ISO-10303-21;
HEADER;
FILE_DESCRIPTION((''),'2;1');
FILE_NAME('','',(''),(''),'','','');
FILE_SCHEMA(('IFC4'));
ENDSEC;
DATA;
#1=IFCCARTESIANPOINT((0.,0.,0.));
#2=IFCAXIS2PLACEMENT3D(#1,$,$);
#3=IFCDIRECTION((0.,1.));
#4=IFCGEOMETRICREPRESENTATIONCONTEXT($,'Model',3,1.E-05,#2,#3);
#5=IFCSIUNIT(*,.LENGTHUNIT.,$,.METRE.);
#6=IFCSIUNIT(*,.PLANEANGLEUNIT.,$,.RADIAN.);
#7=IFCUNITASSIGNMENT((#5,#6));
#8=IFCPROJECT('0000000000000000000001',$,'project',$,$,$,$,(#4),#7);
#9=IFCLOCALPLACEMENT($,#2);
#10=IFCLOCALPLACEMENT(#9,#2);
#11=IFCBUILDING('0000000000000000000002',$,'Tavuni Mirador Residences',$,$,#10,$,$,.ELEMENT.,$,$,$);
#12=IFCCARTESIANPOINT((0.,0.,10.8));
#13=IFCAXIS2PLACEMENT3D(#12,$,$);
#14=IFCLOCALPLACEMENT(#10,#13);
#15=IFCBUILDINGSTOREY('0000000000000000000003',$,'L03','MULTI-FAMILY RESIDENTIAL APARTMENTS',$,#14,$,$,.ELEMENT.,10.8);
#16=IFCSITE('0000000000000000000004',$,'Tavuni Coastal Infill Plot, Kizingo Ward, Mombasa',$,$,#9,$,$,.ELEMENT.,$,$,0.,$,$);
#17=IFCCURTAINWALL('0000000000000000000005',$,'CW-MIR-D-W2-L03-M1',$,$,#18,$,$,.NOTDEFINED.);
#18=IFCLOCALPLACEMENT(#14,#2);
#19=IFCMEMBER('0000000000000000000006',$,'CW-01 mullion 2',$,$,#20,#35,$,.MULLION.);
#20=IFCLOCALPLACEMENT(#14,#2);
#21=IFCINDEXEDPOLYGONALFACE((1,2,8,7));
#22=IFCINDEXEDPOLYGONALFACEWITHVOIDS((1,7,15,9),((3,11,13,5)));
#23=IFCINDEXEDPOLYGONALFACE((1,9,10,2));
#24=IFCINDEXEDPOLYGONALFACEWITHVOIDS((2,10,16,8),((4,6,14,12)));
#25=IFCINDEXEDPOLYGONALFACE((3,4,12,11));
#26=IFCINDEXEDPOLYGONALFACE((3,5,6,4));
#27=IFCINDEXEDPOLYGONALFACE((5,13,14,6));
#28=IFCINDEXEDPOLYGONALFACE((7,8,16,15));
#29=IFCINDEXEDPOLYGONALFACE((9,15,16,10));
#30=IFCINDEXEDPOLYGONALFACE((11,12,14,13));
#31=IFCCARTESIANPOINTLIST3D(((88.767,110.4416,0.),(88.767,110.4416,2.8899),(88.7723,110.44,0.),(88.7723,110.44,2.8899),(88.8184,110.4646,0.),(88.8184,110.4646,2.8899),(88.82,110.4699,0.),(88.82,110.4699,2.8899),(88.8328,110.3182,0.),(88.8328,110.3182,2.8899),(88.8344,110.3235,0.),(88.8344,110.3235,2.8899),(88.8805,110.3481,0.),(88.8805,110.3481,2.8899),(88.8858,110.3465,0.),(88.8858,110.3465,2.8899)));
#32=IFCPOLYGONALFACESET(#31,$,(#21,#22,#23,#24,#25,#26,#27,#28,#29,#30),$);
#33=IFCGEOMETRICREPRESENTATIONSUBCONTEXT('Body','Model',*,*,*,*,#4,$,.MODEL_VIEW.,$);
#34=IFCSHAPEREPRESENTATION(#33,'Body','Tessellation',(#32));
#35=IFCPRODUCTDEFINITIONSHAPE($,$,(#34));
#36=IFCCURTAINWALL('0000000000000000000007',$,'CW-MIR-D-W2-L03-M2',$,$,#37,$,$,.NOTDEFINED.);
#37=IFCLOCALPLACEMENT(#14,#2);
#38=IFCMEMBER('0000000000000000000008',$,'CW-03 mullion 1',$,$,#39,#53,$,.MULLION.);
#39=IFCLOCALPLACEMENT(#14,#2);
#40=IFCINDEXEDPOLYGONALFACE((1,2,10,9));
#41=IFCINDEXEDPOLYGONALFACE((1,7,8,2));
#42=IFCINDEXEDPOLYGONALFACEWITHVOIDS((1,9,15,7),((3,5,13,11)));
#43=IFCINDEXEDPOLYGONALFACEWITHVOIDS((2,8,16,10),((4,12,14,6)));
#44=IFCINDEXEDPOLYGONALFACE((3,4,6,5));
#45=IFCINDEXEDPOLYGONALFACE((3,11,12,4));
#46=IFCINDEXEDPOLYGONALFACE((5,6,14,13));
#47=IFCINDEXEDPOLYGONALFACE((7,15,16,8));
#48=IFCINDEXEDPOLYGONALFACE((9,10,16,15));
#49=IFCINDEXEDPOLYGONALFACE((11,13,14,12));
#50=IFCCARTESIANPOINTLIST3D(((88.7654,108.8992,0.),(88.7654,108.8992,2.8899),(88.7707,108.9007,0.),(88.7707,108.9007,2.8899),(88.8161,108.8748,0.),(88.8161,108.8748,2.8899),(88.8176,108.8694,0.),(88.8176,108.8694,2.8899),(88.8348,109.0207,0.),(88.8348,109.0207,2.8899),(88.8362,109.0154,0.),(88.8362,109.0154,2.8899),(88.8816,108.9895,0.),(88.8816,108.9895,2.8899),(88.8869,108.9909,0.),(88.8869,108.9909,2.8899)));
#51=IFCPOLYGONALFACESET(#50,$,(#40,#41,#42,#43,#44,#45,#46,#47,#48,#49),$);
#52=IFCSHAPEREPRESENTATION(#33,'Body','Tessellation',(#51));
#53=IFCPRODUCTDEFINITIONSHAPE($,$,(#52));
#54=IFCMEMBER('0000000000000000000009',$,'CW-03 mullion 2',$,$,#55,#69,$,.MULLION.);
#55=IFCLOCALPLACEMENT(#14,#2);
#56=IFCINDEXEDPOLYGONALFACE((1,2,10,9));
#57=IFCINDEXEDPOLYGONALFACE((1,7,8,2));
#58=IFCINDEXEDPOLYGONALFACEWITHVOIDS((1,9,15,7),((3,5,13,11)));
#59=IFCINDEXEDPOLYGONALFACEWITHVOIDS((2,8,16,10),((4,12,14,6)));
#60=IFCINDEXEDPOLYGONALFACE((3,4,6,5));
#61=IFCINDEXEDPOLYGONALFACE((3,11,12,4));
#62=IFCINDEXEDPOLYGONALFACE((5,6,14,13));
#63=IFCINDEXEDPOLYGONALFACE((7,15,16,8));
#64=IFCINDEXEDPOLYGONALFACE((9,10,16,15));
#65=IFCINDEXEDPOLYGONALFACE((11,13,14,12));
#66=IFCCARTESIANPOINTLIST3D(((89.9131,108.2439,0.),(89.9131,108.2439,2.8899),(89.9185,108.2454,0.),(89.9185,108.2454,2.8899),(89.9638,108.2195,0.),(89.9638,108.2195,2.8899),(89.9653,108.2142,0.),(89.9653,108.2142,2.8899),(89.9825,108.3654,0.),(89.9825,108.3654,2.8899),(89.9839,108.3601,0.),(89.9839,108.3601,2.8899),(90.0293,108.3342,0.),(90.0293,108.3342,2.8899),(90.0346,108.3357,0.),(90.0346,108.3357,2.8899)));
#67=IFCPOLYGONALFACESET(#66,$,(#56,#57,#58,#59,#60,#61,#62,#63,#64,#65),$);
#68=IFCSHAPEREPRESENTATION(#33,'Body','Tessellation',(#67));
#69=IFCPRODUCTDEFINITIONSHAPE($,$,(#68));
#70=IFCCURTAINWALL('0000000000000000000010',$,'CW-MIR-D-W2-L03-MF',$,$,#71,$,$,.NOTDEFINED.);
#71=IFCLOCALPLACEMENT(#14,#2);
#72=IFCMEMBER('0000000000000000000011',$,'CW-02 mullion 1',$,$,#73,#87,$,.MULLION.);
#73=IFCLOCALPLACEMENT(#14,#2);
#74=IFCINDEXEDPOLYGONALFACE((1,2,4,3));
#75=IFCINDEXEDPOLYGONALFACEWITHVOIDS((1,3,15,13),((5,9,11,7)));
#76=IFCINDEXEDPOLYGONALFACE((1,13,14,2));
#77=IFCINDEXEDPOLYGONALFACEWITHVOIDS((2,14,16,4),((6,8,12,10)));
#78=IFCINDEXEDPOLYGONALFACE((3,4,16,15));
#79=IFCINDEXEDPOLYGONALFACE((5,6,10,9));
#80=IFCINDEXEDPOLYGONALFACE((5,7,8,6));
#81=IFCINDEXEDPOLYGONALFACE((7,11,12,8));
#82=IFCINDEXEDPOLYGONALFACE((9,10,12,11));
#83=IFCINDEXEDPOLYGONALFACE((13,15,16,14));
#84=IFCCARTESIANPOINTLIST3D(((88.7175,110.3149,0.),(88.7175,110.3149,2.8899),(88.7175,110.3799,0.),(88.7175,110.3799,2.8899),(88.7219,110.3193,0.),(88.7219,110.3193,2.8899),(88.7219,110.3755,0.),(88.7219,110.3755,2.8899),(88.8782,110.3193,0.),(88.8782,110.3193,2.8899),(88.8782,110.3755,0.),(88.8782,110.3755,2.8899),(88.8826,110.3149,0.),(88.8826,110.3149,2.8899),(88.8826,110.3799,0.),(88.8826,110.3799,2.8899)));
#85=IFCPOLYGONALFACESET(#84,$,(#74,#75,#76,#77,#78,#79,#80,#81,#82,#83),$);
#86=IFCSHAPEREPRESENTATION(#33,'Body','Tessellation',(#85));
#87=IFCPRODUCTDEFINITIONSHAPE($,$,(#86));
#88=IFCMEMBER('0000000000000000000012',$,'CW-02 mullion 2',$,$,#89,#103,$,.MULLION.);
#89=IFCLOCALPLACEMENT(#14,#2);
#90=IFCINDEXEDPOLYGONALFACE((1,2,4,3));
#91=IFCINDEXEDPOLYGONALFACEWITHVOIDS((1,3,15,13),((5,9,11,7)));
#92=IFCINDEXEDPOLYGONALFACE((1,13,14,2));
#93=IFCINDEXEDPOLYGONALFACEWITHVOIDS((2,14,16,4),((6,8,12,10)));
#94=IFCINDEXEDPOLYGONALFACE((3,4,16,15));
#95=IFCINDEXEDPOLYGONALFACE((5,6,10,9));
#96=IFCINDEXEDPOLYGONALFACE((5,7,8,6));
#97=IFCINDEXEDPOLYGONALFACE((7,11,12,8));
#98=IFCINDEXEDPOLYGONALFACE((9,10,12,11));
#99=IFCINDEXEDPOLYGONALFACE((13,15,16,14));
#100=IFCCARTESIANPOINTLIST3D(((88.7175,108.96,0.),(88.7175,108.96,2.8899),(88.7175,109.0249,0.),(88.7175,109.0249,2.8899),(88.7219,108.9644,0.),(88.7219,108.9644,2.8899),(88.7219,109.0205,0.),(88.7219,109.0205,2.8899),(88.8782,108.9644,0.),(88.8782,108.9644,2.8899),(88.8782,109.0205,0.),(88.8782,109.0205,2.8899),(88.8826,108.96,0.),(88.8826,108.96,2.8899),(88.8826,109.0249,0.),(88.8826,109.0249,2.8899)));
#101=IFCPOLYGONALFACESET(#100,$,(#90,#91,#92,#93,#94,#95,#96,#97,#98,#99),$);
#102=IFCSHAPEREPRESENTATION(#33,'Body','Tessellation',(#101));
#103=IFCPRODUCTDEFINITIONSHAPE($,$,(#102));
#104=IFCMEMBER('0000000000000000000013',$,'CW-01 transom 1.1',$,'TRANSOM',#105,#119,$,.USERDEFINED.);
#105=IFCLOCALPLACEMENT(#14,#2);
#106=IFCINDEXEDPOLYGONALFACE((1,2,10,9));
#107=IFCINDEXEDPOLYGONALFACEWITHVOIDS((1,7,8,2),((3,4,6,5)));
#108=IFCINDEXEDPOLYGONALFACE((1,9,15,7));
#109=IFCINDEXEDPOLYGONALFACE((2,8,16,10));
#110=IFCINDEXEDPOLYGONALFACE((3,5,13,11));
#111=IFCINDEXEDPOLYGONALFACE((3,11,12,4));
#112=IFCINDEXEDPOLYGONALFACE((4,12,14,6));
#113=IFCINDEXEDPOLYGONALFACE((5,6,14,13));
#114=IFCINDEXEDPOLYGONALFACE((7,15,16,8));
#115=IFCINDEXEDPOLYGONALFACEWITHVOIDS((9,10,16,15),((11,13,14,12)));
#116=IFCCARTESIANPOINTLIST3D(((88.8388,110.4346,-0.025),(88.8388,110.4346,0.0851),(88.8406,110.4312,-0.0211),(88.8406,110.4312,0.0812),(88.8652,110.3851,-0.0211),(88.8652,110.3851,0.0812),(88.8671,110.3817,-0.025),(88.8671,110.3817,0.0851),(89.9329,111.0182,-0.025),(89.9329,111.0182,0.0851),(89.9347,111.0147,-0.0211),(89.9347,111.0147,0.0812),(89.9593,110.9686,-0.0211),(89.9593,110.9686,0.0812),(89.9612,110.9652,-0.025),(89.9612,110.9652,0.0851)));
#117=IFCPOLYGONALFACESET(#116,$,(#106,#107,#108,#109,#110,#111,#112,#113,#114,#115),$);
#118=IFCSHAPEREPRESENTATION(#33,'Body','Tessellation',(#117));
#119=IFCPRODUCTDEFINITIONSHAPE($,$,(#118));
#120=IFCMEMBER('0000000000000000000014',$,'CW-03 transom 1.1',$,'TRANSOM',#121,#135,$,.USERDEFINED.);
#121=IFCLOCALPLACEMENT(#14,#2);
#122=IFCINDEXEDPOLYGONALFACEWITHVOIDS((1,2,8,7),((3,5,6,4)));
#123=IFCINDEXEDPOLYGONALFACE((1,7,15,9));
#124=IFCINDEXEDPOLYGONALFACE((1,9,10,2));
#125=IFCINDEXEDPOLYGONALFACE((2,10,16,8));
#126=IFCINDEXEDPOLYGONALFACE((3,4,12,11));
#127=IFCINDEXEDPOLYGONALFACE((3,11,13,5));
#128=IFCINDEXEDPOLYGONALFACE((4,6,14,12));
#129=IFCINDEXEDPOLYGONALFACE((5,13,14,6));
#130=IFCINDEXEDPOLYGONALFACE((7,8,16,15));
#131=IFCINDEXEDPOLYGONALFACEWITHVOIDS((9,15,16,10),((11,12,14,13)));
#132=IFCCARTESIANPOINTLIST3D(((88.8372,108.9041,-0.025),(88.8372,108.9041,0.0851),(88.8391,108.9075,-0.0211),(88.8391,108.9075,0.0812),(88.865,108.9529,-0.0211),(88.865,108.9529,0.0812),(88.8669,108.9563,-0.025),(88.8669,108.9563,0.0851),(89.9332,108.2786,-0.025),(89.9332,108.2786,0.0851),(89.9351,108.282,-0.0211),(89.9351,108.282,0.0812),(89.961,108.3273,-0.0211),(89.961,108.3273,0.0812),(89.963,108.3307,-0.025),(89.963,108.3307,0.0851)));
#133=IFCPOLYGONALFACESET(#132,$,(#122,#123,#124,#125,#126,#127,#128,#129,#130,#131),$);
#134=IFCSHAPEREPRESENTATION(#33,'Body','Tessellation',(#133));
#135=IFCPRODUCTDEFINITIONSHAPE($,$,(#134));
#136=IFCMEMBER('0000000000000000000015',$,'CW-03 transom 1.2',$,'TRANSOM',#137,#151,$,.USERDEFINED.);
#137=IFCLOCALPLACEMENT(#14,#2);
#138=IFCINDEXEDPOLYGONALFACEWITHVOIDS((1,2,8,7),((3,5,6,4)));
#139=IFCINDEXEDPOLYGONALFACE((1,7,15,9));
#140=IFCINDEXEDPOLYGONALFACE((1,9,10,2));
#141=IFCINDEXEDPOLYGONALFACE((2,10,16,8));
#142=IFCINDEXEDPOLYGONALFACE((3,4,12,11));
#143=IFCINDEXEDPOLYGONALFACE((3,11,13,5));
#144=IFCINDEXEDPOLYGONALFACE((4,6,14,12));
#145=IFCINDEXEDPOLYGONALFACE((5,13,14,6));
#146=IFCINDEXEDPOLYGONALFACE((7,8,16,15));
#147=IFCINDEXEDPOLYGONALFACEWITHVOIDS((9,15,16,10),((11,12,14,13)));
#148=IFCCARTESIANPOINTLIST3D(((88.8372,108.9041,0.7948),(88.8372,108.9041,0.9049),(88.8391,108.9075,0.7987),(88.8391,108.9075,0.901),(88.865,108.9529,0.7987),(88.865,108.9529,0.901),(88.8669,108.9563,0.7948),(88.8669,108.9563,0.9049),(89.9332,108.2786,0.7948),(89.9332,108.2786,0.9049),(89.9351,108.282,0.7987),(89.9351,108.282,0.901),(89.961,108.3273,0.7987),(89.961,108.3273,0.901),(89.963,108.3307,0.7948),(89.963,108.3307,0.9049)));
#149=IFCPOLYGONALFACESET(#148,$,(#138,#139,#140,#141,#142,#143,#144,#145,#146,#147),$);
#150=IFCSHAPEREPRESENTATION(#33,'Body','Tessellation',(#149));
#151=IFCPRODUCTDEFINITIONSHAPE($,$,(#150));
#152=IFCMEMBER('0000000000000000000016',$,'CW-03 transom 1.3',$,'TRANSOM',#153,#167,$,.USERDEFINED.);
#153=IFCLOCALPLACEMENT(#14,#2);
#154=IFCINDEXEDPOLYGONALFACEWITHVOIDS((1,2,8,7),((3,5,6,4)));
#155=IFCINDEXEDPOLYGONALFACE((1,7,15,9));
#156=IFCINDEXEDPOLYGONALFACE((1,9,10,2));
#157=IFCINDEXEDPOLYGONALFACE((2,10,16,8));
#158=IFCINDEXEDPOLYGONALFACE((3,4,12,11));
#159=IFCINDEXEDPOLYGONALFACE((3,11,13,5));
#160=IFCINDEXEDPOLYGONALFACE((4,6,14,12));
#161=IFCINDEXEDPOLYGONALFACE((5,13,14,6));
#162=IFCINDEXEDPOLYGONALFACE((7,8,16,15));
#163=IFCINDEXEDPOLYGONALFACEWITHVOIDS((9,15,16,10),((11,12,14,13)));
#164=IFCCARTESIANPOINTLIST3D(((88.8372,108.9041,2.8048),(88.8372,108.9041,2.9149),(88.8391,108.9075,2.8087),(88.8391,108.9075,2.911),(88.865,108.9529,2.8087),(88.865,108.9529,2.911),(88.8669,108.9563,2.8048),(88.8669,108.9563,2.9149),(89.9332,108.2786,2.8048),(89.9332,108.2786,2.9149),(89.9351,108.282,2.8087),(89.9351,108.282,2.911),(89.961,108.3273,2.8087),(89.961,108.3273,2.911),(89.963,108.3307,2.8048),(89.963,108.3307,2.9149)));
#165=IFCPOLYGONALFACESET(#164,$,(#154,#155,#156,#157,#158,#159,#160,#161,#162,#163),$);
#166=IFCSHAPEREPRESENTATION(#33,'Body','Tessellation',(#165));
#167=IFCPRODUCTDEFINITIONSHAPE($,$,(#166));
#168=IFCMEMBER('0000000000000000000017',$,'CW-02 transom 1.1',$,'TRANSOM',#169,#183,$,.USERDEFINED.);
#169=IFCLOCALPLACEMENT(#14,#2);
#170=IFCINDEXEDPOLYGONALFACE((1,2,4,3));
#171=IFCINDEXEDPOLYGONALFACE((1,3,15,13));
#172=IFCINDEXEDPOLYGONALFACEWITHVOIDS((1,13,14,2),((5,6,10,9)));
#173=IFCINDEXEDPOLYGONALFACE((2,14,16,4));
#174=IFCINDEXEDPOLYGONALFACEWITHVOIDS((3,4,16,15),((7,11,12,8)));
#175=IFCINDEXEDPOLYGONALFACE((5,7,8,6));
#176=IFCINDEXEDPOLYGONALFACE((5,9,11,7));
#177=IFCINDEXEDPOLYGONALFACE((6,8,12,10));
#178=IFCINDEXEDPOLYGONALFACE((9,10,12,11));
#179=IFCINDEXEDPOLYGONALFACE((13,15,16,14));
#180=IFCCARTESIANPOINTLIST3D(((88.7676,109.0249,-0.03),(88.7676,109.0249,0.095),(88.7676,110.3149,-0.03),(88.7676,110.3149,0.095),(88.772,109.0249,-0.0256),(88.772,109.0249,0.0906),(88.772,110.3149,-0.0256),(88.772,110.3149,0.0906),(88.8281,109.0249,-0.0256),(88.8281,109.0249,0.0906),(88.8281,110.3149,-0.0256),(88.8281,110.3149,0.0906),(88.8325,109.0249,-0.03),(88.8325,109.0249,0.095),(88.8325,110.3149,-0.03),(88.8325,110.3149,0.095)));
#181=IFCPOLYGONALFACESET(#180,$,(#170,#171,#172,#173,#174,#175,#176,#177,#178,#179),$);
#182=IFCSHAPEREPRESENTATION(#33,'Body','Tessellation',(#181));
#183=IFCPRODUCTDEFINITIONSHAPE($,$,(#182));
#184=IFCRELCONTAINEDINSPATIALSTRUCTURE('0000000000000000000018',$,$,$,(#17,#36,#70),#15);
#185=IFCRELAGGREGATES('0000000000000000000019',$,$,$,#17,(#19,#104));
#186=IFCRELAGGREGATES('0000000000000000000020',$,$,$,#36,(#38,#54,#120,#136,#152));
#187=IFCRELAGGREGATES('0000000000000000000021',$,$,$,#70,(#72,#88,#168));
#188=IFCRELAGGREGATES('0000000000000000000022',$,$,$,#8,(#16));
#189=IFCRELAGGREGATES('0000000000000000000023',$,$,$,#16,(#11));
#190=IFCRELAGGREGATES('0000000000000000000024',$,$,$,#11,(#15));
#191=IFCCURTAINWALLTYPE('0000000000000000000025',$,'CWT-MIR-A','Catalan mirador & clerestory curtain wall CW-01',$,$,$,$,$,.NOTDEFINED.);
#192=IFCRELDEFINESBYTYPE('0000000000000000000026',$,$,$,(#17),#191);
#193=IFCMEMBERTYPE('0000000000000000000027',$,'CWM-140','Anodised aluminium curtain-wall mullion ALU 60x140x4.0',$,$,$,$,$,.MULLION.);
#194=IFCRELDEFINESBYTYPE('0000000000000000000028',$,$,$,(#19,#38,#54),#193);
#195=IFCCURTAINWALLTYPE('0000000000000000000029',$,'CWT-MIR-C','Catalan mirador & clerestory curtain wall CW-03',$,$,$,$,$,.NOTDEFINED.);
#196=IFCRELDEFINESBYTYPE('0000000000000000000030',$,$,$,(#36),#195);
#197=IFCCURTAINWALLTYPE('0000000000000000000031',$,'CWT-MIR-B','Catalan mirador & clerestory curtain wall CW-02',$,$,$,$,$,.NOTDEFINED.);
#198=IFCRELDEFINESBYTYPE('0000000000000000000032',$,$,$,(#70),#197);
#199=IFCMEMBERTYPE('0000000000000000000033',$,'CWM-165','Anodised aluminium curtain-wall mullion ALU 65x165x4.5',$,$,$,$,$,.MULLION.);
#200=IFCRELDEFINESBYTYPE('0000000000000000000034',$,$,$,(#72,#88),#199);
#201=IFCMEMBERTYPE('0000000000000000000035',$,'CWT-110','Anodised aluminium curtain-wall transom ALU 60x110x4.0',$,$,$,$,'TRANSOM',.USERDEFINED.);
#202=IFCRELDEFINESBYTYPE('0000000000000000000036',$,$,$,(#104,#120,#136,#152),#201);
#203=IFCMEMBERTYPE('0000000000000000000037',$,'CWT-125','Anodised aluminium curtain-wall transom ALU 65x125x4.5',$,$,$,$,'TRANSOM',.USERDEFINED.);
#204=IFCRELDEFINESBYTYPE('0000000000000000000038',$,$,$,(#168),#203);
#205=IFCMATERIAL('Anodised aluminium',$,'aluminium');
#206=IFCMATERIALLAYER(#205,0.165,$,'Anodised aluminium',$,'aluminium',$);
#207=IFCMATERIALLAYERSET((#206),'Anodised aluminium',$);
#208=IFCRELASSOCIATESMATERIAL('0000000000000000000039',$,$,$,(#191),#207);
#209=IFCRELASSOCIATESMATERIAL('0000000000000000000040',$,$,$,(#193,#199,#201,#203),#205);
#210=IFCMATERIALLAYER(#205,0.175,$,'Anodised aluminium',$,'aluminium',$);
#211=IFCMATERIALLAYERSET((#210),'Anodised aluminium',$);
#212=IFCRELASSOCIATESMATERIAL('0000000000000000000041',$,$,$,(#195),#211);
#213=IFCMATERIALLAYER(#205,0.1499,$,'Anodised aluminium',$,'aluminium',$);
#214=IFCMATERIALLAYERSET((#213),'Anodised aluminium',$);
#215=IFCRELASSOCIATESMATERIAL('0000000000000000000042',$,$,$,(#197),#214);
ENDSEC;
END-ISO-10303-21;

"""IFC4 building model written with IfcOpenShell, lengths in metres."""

from ifc_helpers import new_model, si_unit, direction, frame, origin, origin_2d, place, context, subcontext, project, spatial, hollow_rectangle, extrude, material, layer, layer_set, material_profile, profile_set, type_object, element, aggregate, save


model = new_model("IFC4")

# Units and contexts
model_context = context("Model", 3, precision=1e-05, world=origin(), true_north=direction((0.0, 1.0)))
body_context = subcontext(model_context, "Body", "Model", "MODEL_VIEW")
ifc_project = project(units=[si_unit("LENGTHUNIT", "METRE"), si_unit("PLANEANGLEUNIT", "RADIAN")], contexts=[model_context])

# Site, building, storey
site_placement = place(None, origin())
site = spatial("IfcSite", under=ifc_project, at=site_placement, Name="Tavuni Coastal Infill Plot, Kizingo Ward, Mombasa", CompositionType="ELEMENT", RefElevation=0.0)
building_placement = place(site_placement, origin())
building = spatial("IfcBuilding", under=site, at=building_placement, Name="Tavuni Mirador Residences", CompositionType="ELEMENT")
storey_placement = place(building_placement, frame((0.0, 0.0, 10.8)))
storey = spatial("IfcBuildingStorey", under=building, at=storey_placement, Name="L03", Description="MULTI-FAMILY RESIDENTIAL APARTMENTS", CompositionType="ELEMENT", Elevation=10.8)

# Curtain wall, member
ifc_material_1 = material(Name="Anodised aluminium", Category="aluminium")
ifc_layer_1 = layer(ifc_material_1, 0.165, Name="Anodised aluminium", Category="aluminium")
ifc_layer_set_1 = layer_set([ifc_layer_1], Name="Anodised aluminium")
curtain_wall_type_1 = type_object("IfcCurtainWallType", Name="CWT-MIR-A", Description="Catalan mirador & clerestory curtain wall CW-01", PredefinedType="NOTDEFINED", material=ifc_layer_set_1)
curtain_wall_1_placement = place(storey_placement, origin())
curtain_wall_1 = element("IfcCurtainWall", 1, at=curtain_wall_1_placement, inside=storey, type_object=curtain_wall_type_1, Name="CW-MIR-D-W2-L03-M1", PredefinedType="NOTDEFINED")
ifc_material_profile_1 = material_profile(ifc_material_1, hollow_rectangle(XDim=0.0601, YDim=0.1399, WallThickness=0.0039, at=origin_2d()), Name="ALU 60x140x4.0", Category="aluminium")
ifc_profile_set_1 = profile_set([ifc_material_profile_1], Name="Anodised aluminium")
member_type_1 = type_object("IfcMemberType", Name="CWM-140", Description="Anodised aluminium curtain-wall mullion ALU 60x140x4.0", PredefinedType="MULLION", material=ifc_profile_set_1)
member_1_placement = place(storey_placement, frame((88.8264, 110.394, 0.0), z_axis=(0.0, 0.0, 1.0), x_axis=(-0.882353, -0.470588, 0.0)))
member_1 = element("IfcMember", 2, at=member_1_placement, type_object=member_type_1, Name="CW-01 mullion 2", PredefinedType="MULLION", context=body_context, shape_type="SweptSolid", body=[
    extrude(hollow_rectangle(XDim=0.0601, YDim=0.1399, WallThickness=0.0039, at=origin_2d()), origin(), (0.0, 0.0, 1.0), 2.8899),
])

# Curtain walls, members
ifc_layer_2 = layer(ifc_material_1, 0.175, Name="Anodised aluminium", Category="aluminium")
ifc_layer_set_2 = layer_set([ifc_layer_2], Name="Anodised aluminium")
curtain_wall_type_2 = type_object("IfcCurtainWallType", Name="CWT-MIR-C", Description="Catalan mirador & clerestory curtain wall CW-03", PredefinedType="NOTDEFINED", material=ifc_layer_set_2)
curtain_wall_2_placement = place(storey_placement, origin())
curtain_wall_2 = element("IfcCurtainWall", 3, at=curtain_wall_2_placement, inside=storey, type_object=curtain_wall_type_2, Name="CW-MIR-D-W2-L03-M2", PredefinedType="NOTDEFINED")
member_2_placement = place(storey_placement, frame((88.8262, 108.9451, 0.0), z_axis=(0.0, 0.0, 1.0), x_axis=(0.868466, -0.495749, 0.0)))
member_2 = element("IfcMember", 4, at=member_2_placement, type_object=member_type_1, Name="CW-03 mullion 1", PredefinedType="MULLION", context=body_context, shape_type="SweptSolid", body=[
    extrude(hollow_rectangle(XDim=0.0601, YDim=0.1399, WallThickness=0.0039, at=origin_2d()), origin(), (0.0, 0.0, 1.0), 2.8899),
])
member_3_placement = place(storey_placement, frame((89.9739, 108.2898, 0.0), z_axis=(0.0, 0.0, 1.0), x_axis=(0.868466, -0.495749, 0.0)))
member_3 = element("IfcMember", 5, at=member_3_placement, type_object=member_type_1, Name="CW-03 mullion 2", PredefinedType="MULLION", context=body_context, shape_type="SweptSolid", body=[
    extrude(hollow_rectangle(XDim=0.0601, YDim=0.1399, WallThickness=0.0039, at=origin_2d()), origin(), (0.0, 0.0, 1.0), 2.8899),
])
ifc_layer_3 = layer(ifc_material_1, 0.1499, Name="Anodised aluminium", Category="aluminium")
ifc_layer_set_3 = layer_set([ifc_layer_3], Name="Anodised aluminium")
curtain_wall_type_3 = type_object("IfcCurtainWallType", Name="CWT-MIR-B", Description="Catalan mirador & clerestory curtain wall CW-02", PredefinedType="NOTDEFINED", material=ifc_layer_set_3)
curtain_wall_3_placement = place(storey_placement, origin())
curtain_wall_3 = element("IfcCurtainWall", 6, at=curtain_wall_3_placement, inside=storey, type_object=curtain_wall_type_3, Name="CW-MIR-D-W2-L03-MF", PredefinedType="NOTDEFINED")
ifc_material_profile_2 = material_profile(ifc_material_1, hollow_rectangle(XDim=0.0649, YDim=0.165, WallThickness=0.0044, at=origin_2d()), Name="ALU 65x165x4.5", Category="aluminium")
ifc_profile_set_2 = profile_set([ifc_material_profile_2], Name="Anodised aluminium")
member_type_2 = type_object("IfcMemberType", Name="CWM-165", Description="Anodised aluminium curtain-wall mullion ALU 65x165x4.5", PredefinedType="MULLION", material=ifc_profile_set_2)
member_4_placement = place(storey_placement, frame((88.8, 110.3474, 0.0), z_axis=(0.0, 0.0, 1.0), x_axis=(0.0, -1.0, 0.0)))
member_4 = element("IfcMember", 7, at=member_4_placement, type_object=member_type_2, Name="CW-02 mullion 1", PredefinedType="MULLION", context=body_context, shape_type="SweptSolid", body=[
    extrude(hollow_rectangle(XDim=0.0649, YDim=0.165, WallThickness=0.0044, at=origin_2d()), origin(), (0.0, 0.0, 1.0), 2.8899),
])
member_5_placement = place(storey_placement, frame((88.8, 108.9924, 0.0), z_axis=(0.0, 0.0, 1.0), x_axis=(0.0, -1.0, 0.0)))
member_5 = element("IfcMember", 8, at=member_5_placement, type_object=member_type_2, Name="CW-02 mullion 2", PredefinedType="MULLION", context=body_context, shape_type="SweptSolid", body=[
    extrude(hollow_rectangle(XDim=0.0649, YDim=0.165, WallThickness=0.0044, at=origin_2d()), origin(), (0.0, 0.0, 1.0), 2.8899),
])

# Members
ifc_material_profile_3 = material_profile(ifc_material_1, hollow_rectangle(XDim=0.0601, YDim=0.1101, WallThickness=0.0039, at=origin_2d()), Name="ALU 60x110x4.0", Category="aluminium")
ifc_profile_set_3 = profile_set([ifc_material_profile_3], Name="Anodised aluminium")
member_type_3 = type_object("IfcMemberType", Name="CWT-110", Description="Anodised aluminium curtain-wall transom ALU 60x110x4.0", ElementType="TRANSOM", PredefinedType="USERDEFINED", material=ifc_profile_set_3)
member_6_placement = place(storey_placement, frame((89.947, 110.9917, 0.03), z_axis=(-0.882342, -0.470609, 0.0), x_axis=(0.470609, -0.882342, 0.0)))
member_6 = element("IfcMember", 9, at=member_6_placement, type_object=member_type_3, Name="CW-01 transom 1.1", ObjectType="TRANSOM", PredefinedType="USERDEFINED", context=body_context, shape_type="SweptSolid", body=[
    extrude(hollow_rectangle(XDim=0.0601, YDim=0.1101, WallThickness=0.0039, at=origin_2d()), origin(), (0.0, 0.0, 1.0), 1.24),
])
member_7_placement = place(storey_placement, frame((88.8521, 108.9302, 0.03), z_axis=(0.868505, -0.49568, 0.0), x_axis=(0.49568, 0.868505, 0.0)))
member_7 = element("IfcMember", 10, at=member_7_placement, type_object=member_type_3, Name="CW-03 transom 1.1", ObjectType="TRANSOM", PredefinedType="USERDEFINED", context=body_context, shape_type="SweptSolid", body=[
    extrude(hollow_rectangle(XDim=0.0601, YDim=0.1101, WallThickness=0.0039, at=origin_2d()), origin(), (0.0, 0.0, 1.0), 1.262),
])
member_8_placement = place(storey_placement, frame((88.8521, 108.9302, 0.8499), z_axis=(0.868505, -0.49568, 0.0), x_axis=(0.49568, 0.868505, 0.0)))
member_8 = element("IfcMember", 11, at=member_8_placement, type_object=member_type_3, Name="CW-03 transom 1.2", ObjectType="TRANSOM", PredefinedType="USERDEFINED", context=body_context, shape_type="SweptSolid", body=[
    extrude(hollow_rectangle(XDim=0.0601, YDim=0.1101, WallThickness=0.0039, at=origin_2d()), origin(), (0.0, 0.0, 1.0), 1.262),
])
member_9_placement = place(storey_placement, frame((88.8521, 108.9302, 2.8599), z_axis=(0.868505, -0.49568, 0.0), x_axis=(0.49568, 0.868505, 0.0)))
member_9 = element("IfcMember", 12, at=member_9_placement, type_object=member_type_3, Name="CW-03 transom 1.3", ObjectType="TRANSOM", PredefinedType="USERDEFINED", context=body_context, shape_type="SweptSolid", body=[
    extrude(hollow_rectangle(XDim=0.0601, YDim=0.1101, WallThickness=0.0039, at=origin_2d()), origin(), (0.0, 0.0, 1.0), 1.262),
])
ifc_material_profile_4 = material_profile(ifc_material_1, hollow_rectangle(XDim=0.0649, YDim=0.125, WallThickness=0.0044, at=origin_2d()), Name="ALU 65x125x4.5", Category="aluminium")
ifc_profile_set_4 = profile_set([ifc_material_profile_4], Name="Anodised aluminium")
member_type_4 = type_object("IfcMemberType", Name="CWT-125", Description="Anodised aluminium curtain-wall transom ALU 65x125x4.5", ElementType="TRANSOM", PredefinedType="USERDEFINED", material=ifc_profile_set_4)
member_10_placement = place(storey_placement, frame((88.8, 110.3149, 0.0325), z_axis=(0.0, -1.0, 0.0), x_axis=(1.0, 0.0, 0.0)))
member_10 = element("IfcMember", 13, at=member_10_placement, type_object=member_type_4, Name="CW-02 transom 1.1", ObjectType="TRANSOM", PredefinedType="USERDEFINED", context=body_context, shape_type="SweptSolid", body=[
    extrude(hollow_rectangle(XDim=0.0649, YDim=0.125, WallThickness=0.0044, at=origin_2d()), origin(), (0.0, 0.0, 1.0), 1.29),
])

aggregate(curtain_wall_1, [member_1, member_6])
aggregate(curtain_wall_2, [member_2, member_3, member_7, member_8, member_9])
aggregate(curtain_wall_3, [member_4, member_5, member_10])

save(model, "model.ifc")
